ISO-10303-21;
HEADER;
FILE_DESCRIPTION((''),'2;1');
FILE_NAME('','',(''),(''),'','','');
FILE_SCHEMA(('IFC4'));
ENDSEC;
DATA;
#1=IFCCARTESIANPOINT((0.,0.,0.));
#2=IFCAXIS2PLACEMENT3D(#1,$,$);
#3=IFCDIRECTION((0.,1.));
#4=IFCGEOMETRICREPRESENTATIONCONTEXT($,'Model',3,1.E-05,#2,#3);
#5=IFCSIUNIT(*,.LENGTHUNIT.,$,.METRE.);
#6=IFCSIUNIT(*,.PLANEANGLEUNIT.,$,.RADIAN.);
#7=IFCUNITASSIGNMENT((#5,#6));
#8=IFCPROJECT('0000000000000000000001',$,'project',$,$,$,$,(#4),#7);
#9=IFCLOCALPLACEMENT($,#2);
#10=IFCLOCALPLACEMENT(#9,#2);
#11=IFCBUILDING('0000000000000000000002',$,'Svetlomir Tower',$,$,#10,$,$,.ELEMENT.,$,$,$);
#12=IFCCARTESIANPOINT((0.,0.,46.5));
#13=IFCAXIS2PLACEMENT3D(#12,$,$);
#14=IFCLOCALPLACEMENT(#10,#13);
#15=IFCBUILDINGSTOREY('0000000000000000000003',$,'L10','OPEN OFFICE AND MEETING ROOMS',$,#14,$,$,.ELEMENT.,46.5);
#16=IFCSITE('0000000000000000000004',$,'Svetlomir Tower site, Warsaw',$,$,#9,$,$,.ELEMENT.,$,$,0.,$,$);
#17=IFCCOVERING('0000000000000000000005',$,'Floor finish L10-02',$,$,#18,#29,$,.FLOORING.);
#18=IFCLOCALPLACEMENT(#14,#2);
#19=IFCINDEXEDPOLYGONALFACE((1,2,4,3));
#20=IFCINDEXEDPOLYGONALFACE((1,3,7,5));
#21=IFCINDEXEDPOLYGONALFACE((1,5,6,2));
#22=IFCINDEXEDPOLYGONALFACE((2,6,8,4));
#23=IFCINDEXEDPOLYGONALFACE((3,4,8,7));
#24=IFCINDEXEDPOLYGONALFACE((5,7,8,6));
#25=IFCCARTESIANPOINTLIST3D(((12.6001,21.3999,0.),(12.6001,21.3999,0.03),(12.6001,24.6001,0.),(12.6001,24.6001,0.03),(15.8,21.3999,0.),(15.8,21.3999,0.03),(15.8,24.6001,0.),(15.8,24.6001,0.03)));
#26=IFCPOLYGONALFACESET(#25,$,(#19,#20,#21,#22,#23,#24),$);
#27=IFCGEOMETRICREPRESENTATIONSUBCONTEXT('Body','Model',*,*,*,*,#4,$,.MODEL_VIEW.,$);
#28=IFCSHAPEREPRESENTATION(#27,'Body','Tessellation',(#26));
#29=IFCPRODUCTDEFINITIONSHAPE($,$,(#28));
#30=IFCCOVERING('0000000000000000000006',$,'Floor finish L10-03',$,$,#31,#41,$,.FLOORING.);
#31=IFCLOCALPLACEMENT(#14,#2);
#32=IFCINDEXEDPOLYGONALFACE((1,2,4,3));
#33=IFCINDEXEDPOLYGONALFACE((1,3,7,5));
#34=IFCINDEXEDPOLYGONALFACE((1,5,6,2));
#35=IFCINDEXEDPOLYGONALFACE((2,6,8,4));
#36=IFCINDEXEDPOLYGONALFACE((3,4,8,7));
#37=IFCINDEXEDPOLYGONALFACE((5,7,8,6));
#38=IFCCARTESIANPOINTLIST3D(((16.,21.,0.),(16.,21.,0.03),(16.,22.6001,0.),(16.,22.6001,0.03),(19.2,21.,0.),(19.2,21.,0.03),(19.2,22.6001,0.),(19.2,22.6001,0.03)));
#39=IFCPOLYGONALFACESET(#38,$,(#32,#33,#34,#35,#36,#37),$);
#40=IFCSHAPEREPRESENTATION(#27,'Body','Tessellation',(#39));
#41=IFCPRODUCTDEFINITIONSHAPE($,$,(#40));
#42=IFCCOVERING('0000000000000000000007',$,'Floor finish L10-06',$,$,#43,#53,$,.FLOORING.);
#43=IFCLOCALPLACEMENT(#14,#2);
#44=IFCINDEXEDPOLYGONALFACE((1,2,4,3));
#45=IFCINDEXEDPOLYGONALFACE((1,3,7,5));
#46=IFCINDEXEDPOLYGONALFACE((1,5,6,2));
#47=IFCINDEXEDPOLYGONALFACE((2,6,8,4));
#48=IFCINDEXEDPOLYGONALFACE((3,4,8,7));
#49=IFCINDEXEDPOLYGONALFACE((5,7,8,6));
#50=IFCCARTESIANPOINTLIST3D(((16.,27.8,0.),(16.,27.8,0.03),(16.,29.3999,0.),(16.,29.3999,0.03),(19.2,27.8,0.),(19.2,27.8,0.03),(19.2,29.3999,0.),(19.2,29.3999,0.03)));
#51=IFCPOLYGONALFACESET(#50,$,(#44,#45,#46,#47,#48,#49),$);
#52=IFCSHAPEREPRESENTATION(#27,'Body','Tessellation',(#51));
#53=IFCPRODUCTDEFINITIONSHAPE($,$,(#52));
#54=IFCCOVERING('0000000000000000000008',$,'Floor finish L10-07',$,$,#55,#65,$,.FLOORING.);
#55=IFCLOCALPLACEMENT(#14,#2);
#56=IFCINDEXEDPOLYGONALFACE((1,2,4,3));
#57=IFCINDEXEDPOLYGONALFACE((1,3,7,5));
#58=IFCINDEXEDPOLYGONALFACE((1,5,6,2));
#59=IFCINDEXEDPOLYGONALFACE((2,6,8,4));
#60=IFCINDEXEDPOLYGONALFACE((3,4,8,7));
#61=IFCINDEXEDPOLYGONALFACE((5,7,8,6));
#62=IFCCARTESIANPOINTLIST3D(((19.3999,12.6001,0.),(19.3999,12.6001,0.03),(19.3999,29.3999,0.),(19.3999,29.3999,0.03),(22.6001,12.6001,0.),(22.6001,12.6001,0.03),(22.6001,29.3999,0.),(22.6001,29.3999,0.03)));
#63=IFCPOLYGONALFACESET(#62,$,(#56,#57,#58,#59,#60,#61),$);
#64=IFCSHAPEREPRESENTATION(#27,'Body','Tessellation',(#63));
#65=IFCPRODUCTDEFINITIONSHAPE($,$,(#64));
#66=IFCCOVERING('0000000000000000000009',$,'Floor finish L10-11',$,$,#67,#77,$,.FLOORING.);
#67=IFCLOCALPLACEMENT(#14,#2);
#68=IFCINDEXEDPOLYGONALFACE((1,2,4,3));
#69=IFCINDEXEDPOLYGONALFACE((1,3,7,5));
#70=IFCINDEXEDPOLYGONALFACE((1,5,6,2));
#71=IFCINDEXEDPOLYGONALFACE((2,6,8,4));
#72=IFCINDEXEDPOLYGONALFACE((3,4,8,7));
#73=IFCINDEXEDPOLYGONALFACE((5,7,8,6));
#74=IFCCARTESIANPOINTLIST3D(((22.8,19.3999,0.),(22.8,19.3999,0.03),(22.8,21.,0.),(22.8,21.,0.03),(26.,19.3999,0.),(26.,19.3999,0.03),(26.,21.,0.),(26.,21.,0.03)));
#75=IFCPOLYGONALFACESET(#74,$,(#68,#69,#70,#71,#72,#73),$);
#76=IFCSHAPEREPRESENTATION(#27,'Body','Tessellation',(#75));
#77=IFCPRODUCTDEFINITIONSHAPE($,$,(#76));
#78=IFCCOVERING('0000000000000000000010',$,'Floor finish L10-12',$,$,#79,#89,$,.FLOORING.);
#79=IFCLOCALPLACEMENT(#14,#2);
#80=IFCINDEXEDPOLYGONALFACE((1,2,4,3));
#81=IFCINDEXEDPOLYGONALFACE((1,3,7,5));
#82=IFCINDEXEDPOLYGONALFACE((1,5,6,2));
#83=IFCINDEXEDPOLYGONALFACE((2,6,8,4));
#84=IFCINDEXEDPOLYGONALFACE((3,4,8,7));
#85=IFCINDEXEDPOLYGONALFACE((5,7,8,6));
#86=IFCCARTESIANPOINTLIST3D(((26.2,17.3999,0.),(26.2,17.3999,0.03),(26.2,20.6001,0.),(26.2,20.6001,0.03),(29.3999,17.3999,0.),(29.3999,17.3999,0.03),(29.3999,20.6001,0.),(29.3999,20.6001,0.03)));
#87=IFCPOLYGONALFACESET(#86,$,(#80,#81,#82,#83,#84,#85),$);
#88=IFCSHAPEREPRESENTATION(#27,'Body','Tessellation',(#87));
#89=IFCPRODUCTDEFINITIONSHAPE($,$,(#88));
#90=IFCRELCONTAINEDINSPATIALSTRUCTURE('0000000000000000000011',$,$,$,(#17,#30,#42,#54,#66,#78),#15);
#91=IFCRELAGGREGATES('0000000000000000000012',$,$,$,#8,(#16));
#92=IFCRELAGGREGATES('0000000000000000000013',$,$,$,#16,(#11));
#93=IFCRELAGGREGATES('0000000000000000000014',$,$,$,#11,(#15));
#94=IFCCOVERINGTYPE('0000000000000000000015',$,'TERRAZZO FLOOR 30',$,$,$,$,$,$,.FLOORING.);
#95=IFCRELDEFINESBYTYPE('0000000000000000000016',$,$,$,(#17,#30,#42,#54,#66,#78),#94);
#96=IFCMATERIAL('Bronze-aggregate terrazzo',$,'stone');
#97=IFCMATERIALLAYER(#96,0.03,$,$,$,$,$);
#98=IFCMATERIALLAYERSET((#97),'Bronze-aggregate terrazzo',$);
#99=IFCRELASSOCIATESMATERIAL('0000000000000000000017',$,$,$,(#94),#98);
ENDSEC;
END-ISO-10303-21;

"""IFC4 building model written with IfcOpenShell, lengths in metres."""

from ifc_helpers import new_model, si_unit, direction, frame, origin, place, context, subcontext, project, spatial, polyline, outline, extrude, material, layer, layer_set, type_object, element, save


model = new_model("IFC4")

# Units and contexts
model_context = context("Model", 3, precision=1e-05, world=origin(), true_north=direction((0.0, 1.0)))
body_context = subcontext(model_context, "Body", "Model", "MODEL_VIEW")
ifc_project = project(units=[si_unit("LENGTHUNIT", "METRE"), si_unit("PLANEANGLEUNIT", "RADIAN")], contexts=[model_context])

# Site, building, storey
site_placement = place(None, origin())
site = spatial("IfcSite", under=ifc_project, at=site_placement, Name="Svetlomir Tower site, Warsaw", CompositionType="ELEMENT", RefElevation=0.0)
building_placement = place(site_placement, origin())
building = spatial("IfcBuilding", under=site, at=building_placement, Name="Svetlomir Tower", CompositionType="ELEMENT")
storey_placement = place(building_placement, frame((0.0, 0.0, 46.5)))
storey = spatial("IfcBuildingStorey", under=building, at=storey_placement, Name="L10", Description="OPEN OFFICE AND MEETING ROOMS", CompositionType="ELEMENT", Elevation=46.5)

# Coverings
ifc_material_1 = material(Name="Bronze-aggregate terrazzo", Category="stone")
ifc_layer_1 = layer(ifc_material_1, 0.03)
ifc_layer_set_1 = layer_set([ifc_layer_1], Name="Bronze-aggregate terrazzo")
covering_type_1 = type_object("IfcCoveringType", Name="TERRAZZO FLOOR 30", PredefinedType="FLOORING", material=ifc_layer_set_1)
covering_1_placement = place(storey_placement, origin())
element("IfcCovering", 1, at=covering_1_placement, inside=storey, type_object=covering_type_1, Name="Floor finish L10-02", PredefinedType="FLOORING", context=body_context, shape_type="SweptSolid", body=[
    extrude(outline(polyline([(12.6001, 21.3999), (15.8, 21.3999), (15.8, 24.6001), (12.6001, 24.6001), (12.6001, 21.3999)])), origin(), (0.0, 0.0, 1.0), 0.03),
])
covering_2_placement = place(storey_placement, origin())
element("IfcCovering", 2, at=covering_2_placement, inside=storey, type_object=covering_type_1, Name="Floor finish L10-03", PredefinedType="FLOORING", context=body_context, shape_type="SweptSolid", body=[
    extrude(outline(polyline([(16.0, 21.0), (19.2, 21.0), (19.2, 22.6001), (16.0, 22.6001), (16.0, 21.0)])), origin(), (0.0, 0.0, 1.0), 0.03),
])
covering_3_placement = place(storey_placement, origin())
element("IfcCovering", 3, at=covering_3_placement, inside=storey, type_object=covering_type_1, Name="Floor finish L10-06", PredefinedType="FLOORING", context=body_context, shape_type="SweptSolid", body=[
    extrude(outline(polyline([(16.0, 27.8), (19.2, 27.8), (19.2, 29.3999), (16.0, 29.3999), (16.0, 27.8)])), origin(), (0.0, 0.0, 1.0), 0.03),
])
covering_4_placement = place(storey_placement, origin())
element("IfcCovering", 4, at=covering_4_placement, inside=storey, type_object=covering_type_1, Name="Floor finish L10-07", PredefinedType="FLOORING", context=body_context, shape_type="SweptSolid", body=[
    extrude(outline(polyline([(19.3999, 12.6001), (22.6001, 12.6001), (22.6001, 29.3999), (19.3999, 29.3999), (19.3999, 12.6001)])), origin(), (0.0, 0.0, 1.0), 0.03),
])
covering_5_placement = place(storey_placement, origin())
element("IfcCovering", 5, at=covering_5_placement, inside=storey, type_object=covering_type_1, Name="Floor finish L10-11", PredefinedType="FLOORING", context=body_context, shape_type="SweptSolid", body=[
    extrude(outline(polyline([(22.8, 19.3999), (26.0, 19.3999), (26.0, 21.0), (22.8, 21.0), (22.8, 19.3999)])), origin(), (0.0, 0.0, 1.0), 0.03),
])
covering_6_placement = place(storey_placement, origin())
element("IfcCovering", 6, at=covering_6_placement, inside=storey, type_object=covering_type_1, Name="Floor finish L10-12", PredefinedType="FLOORING", context=body_context, shape_type="SweptSolid", body=[
    extrude(outline(polyline([(26.2, 17.3999), (29.3999, 17.3999), (29.3999, 20.6001), (26.2, 20.6001), (26.2, 17.3999)])), origin(), (0.0, 0.0, 1.0), 0.03),
])

save(model, "model.ifc")
